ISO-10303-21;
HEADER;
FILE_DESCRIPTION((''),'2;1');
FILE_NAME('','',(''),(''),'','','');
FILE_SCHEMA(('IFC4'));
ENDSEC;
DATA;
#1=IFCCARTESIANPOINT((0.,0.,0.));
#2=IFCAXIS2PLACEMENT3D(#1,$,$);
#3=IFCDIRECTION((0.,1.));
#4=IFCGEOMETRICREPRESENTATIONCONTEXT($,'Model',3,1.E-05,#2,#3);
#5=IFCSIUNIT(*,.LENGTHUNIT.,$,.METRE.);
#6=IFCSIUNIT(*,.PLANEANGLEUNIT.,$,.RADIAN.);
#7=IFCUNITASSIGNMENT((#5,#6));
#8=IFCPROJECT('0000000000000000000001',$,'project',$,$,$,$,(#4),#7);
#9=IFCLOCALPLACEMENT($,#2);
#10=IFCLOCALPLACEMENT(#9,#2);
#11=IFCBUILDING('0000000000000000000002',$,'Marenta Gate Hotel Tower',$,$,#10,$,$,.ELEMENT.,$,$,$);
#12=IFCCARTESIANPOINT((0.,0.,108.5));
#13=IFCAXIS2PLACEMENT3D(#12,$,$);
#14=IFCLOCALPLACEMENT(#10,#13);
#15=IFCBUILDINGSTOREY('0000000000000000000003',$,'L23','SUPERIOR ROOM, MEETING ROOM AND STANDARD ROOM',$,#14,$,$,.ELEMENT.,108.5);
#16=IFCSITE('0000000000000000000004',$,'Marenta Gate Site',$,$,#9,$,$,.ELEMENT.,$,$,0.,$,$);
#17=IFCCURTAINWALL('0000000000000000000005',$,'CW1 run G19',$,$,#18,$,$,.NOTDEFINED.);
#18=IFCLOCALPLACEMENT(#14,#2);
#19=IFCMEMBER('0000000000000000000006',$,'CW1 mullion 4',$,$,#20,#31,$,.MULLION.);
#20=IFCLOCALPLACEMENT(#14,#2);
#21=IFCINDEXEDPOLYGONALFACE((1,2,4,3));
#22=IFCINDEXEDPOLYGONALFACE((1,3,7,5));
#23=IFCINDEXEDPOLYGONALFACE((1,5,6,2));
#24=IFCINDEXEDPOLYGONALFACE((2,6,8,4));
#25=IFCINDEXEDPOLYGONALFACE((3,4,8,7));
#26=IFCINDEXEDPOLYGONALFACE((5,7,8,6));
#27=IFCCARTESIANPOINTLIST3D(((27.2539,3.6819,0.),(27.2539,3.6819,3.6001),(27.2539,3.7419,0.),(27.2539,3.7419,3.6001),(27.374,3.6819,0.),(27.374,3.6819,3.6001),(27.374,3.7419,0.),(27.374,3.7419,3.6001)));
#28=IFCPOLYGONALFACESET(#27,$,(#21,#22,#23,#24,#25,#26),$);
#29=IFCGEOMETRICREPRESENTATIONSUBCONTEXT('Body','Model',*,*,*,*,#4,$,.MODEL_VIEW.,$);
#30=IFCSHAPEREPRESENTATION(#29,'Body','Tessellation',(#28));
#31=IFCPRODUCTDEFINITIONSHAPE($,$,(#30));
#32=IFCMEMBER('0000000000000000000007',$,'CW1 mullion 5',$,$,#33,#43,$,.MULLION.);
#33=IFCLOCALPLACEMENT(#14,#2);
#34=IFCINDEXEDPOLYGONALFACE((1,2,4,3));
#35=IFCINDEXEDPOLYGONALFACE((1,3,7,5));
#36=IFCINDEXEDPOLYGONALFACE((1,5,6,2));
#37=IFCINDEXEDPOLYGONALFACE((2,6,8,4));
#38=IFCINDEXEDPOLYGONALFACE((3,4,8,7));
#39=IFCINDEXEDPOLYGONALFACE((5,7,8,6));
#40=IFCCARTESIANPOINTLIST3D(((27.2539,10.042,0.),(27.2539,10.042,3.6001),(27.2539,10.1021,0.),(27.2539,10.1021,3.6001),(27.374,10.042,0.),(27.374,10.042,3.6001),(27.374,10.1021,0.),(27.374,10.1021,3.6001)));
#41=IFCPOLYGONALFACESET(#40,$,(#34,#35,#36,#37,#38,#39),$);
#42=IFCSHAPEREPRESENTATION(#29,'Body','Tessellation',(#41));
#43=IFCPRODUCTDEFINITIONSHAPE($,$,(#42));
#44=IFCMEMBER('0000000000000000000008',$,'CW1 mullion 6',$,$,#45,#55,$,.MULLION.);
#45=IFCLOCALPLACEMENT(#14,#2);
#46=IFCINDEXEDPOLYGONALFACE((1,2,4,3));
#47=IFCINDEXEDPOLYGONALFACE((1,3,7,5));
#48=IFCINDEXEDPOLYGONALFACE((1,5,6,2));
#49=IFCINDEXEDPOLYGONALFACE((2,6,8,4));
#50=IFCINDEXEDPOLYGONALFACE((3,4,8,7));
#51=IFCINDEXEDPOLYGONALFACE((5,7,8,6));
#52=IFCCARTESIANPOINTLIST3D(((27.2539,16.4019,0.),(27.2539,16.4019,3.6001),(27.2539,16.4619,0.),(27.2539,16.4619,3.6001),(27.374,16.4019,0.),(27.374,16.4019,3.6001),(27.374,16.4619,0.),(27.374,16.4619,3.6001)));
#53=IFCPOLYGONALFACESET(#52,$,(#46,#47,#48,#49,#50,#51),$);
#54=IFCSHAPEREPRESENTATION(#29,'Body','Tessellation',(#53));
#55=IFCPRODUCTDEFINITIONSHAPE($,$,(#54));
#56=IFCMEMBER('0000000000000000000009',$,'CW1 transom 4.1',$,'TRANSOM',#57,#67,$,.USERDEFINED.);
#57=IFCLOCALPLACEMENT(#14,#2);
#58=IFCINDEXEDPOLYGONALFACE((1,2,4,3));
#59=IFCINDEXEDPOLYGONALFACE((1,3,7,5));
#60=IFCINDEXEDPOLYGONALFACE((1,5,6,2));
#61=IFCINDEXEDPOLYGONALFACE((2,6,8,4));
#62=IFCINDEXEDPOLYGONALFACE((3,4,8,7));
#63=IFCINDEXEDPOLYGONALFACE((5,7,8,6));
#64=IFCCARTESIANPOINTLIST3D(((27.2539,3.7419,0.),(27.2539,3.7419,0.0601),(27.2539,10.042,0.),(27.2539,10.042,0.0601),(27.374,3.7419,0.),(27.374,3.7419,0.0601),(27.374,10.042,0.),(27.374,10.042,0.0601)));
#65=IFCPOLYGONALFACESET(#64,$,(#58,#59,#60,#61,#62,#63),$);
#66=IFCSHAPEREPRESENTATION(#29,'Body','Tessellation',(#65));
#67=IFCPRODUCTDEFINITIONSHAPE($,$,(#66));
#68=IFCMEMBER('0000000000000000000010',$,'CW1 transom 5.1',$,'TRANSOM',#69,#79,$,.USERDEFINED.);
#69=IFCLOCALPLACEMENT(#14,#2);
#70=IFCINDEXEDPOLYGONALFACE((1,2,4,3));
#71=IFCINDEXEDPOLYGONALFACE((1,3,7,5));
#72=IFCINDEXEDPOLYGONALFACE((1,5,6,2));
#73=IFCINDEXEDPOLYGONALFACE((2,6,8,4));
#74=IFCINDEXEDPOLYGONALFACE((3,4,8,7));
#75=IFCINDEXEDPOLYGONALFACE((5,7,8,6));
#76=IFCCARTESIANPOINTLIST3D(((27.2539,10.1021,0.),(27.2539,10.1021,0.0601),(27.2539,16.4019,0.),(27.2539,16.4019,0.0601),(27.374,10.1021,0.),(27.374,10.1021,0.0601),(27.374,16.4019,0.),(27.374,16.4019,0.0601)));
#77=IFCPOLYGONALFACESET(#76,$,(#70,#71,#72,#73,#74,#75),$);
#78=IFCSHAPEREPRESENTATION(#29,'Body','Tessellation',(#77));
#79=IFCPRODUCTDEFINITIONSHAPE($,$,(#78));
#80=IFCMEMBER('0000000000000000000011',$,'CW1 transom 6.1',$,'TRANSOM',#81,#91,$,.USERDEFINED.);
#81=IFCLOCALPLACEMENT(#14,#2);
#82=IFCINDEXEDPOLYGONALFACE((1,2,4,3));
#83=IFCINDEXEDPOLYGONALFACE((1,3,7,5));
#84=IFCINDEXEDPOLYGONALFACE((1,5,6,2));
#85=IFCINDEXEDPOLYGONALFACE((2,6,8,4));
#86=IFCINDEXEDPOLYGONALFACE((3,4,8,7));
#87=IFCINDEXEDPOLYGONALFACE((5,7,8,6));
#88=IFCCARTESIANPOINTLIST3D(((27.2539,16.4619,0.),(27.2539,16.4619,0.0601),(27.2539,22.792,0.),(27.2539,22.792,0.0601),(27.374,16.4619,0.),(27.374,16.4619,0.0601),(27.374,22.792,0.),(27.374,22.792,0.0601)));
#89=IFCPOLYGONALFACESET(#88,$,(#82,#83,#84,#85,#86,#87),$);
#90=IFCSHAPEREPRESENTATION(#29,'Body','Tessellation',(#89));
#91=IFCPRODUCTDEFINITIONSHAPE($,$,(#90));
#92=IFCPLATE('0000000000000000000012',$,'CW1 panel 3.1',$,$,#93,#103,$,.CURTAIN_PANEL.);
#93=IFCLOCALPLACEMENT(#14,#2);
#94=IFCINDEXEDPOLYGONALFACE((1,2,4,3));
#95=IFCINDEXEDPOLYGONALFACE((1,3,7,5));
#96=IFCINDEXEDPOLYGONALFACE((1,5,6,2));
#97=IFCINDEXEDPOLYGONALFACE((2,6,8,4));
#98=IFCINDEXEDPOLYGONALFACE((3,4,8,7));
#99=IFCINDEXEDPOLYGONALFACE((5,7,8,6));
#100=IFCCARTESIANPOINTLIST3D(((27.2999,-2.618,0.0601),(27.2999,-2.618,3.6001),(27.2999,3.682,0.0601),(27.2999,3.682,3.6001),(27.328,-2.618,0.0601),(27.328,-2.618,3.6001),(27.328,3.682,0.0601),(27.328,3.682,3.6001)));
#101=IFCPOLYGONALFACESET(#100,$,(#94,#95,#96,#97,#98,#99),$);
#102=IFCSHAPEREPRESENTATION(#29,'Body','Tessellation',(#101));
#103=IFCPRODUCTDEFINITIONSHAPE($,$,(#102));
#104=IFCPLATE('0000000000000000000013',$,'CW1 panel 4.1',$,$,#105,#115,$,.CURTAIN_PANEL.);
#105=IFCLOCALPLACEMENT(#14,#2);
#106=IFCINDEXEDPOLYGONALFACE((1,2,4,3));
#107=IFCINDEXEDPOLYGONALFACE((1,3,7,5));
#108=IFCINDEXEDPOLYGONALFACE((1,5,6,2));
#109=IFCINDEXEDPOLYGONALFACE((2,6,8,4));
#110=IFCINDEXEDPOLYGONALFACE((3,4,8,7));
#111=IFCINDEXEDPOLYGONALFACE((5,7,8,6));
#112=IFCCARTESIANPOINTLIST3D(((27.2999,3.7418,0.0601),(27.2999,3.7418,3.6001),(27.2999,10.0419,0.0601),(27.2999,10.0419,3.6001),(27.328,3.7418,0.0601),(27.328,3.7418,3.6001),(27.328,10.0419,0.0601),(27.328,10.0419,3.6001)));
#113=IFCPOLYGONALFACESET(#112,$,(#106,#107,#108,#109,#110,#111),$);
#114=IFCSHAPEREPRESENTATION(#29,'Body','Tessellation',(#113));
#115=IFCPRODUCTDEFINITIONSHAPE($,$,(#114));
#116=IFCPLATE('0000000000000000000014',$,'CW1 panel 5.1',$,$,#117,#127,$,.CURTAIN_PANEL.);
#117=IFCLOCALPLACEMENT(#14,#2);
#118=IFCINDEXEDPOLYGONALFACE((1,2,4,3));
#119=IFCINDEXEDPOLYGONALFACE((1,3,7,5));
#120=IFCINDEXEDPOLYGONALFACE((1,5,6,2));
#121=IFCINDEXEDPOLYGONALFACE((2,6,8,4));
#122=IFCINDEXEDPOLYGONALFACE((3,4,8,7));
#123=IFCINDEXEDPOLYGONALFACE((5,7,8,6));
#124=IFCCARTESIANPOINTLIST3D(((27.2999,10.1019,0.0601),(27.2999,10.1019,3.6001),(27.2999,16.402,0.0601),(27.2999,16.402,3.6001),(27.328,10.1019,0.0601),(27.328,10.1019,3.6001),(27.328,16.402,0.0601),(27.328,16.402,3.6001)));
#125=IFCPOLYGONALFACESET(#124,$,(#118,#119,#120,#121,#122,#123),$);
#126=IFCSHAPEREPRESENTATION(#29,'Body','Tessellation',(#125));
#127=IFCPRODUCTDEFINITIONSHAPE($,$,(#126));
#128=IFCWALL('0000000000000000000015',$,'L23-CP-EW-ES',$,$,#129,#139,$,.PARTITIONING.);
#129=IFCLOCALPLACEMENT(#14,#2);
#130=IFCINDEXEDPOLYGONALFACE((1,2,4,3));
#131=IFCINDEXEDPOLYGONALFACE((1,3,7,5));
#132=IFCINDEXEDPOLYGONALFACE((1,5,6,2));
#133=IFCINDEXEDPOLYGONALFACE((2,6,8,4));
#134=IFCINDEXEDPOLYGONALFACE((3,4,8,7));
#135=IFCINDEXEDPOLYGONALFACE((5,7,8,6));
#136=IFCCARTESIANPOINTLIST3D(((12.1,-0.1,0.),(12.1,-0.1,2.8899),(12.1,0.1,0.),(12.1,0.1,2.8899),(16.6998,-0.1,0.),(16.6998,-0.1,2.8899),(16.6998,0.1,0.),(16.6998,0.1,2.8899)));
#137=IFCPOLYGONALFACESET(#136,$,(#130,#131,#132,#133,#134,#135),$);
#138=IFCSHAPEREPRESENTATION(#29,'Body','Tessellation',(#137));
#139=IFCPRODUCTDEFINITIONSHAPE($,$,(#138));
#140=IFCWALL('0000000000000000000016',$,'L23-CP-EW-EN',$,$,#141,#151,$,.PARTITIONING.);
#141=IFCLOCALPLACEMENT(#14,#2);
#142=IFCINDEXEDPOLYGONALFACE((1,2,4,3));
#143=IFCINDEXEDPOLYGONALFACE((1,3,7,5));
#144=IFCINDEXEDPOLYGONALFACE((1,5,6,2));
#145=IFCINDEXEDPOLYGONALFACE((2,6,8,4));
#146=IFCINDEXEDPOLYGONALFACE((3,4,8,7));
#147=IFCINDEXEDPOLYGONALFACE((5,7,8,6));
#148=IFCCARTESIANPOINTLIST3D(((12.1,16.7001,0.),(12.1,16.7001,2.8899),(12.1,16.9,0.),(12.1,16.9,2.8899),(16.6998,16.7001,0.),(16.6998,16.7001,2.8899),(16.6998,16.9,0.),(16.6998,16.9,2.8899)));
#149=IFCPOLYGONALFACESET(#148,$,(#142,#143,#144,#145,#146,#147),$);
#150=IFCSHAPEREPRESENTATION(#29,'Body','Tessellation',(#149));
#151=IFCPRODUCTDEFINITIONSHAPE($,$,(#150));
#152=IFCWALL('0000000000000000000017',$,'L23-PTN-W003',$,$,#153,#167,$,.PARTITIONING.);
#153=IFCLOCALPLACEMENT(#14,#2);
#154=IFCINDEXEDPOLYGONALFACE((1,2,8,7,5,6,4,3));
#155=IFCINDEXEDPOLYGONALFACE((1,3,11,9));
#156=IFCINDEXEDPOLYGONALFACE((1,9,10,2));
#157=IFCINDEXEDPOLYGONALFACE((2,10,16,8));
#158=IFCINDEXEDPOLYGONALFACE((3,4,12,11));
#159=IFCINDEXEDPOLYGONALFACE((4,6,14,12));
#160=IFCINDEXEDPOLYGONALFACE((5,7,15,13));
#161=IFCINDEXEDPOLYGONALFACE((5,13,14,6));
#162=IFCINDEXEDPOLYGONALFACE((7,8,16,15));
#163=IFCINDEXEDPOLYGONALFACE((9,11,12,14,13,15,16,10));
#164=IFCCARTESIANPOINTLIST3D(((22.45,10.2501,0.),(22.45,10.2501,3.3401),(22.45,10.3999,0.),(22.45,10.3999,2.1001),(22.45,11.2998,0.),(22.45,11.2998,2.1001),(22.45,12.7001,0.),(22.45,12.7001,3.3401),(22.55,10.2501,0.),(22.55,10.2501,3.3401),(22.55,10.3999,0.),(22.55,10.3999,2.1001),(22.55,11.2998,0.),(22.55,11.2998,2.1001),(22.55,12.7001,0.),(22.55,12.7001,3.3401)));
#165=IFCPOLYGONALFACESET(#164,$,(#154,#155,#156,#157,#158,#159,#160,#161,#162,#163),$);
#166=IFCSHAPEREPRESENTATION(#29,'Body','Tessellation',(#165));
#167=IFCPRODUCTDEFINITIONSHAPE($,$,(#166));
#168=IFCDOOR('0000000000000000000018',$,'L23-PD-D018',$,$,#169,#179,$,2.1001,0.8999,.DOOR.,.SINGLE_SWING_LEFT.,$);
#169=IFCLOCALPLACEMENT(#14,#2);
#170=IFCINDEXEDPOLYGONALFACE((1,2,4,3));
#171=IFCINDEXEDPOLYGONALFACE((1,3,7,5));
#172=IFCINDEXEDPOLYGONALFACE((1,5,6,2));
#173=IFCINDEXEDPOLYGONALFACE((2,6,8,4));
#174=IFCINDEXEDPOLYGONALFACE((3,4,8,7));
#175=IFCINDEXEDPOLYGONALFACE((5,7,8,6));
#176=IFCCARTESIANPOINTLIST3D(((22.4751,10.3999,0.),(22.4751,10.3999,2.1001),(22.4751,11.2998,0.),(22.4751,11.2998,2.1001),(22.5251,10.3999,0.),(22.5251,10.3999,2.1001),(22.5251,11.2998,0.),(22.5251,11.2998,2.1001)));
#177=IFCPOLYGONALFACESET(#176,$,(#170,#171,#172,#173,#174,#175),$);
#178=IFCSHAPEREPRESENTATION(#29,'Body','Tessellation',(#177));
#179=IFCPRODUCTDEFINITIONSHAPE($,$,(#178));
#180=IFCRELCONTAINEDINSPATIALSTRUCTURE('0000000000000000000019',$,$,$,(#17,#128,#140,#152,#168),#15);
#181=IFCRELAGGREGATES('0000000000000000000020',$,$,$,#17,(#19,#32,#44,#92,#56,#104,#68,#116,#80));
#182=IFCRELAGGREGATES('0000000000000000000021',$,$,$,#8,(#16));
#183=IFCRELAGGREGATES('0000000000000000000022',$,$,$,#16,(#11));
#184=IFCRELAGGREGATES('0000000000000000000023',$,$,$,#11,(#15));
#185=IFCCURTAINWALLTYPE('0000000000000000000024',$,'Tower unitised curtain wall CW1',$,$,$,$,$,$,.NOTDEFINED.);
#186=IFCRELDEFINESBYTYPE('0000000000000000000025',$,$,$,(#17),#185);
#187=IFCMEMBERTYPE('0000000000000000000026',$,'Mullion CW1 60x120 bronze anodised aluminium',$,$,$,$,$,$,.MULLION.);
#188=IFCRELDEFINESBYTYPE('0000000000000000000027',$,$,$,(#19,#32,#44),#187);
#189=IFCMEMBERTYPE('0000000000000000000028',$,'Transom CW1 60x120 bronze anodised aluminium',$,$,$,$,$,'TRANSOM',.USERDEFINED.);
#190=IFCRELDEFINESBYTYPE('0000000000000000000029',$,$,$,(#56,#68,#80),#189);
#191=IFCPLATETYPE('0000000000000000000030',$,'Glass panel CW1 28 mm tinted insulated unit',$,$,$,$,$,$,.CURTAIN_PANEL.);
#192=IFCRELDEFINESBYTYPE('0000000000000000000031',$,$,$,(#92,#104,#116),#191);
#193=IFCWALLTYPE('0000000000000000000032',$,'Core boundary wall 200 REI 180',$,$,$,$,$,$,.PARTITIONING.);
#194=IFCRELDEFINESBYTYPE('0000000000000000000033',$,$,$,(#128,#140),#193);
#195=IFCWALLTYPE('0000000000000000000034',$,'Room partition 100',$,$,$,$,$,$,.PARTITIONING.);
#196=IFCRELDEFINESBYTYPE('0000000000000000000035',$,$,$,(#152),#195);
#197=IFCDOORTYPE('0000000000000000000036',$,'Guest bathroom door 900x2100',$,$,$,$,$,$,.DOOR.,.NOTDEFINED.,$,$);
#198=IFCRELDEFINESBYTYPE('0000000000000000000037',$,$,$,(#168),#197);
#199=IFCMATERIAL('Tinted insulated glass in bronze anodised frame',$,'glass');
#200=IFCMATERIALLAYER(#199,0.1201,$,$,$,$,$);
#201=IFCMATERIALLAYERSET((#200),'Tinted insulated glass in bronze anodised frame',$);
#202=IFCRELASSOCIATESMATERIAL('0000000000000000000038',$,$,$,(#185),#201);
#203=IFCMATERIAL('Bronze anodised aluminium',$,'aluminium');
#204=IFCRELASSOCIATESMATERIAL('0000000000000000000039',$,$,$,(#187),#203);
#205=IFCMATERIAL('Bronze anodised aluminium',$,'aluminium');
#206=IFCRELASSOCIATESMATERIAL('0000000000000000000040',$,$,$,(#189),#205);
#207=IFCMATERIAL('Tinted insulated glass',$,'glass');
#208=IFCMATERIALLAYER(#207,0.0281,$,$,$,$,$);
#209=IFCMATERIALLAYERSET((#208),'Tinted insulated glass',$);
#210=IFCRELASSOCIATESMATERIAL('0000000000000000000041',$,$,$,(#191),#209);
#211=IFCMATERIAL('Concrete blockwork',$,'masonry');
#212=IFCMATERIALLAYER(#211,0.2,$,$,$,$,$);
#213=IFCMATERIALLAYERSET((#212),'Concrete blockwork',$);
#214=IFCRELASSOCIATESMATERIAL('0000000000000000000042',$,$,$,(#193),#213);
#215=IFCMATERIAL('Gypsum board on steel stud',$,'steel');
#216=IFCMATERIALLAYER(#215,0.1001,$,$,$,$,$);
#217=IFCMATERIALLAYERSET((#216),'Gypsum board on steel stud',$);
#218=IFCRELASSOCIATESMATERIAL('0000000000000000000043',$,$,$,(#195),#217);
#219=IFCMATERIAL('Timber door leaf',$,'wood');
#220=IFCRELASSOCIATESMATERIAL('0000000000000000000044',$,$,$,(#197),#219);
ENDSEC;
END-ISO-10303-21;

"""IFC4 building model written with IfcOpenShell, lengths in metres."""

from ifc_helpers import new_model, si_unit, direction, frame, frame_2d, origin, origin_2d, place, context, subcontext, project, spatial, rectangle, extrude, material, layer, layer_set, material_profile, profile_set, type_object, element, fill, aggregate, save


model = new_model("IFC4")

# Units and contexts
model_context = context("Model", 3, precision=1e-05, world=origin(), true_north=direction((0.0, 1.0)))
body_context = subcontext(model_context, "Body", "Model", "MODEL_VIEW")
ifc_project = project(units=[si_unit("LENGTHUNIT", "METRE"), si_unit("PLANEANGLEUNIT", "RADIAN")], contexts=[model_context])

# Site, building, storey
site_placement = place(None, origin())
site = spatial("IfcSite", under=ifc_project, at=site_placement, Name="Marenta Gate Site", CompositionType="ELEMENT", RefElevation=0.0)
building_placement = place(site_placement, origin())
building = spatial("IfcBuilding", under=site, at=building_placement, Name="Marenta Gate Hotel Tower", CompositionType="ELEMENT")
storey_placement = place(building_placement, frame((0.0, 0.0, 108.5)))
storey = spatial("IfcBuildingStorey", under=building, at=storey_placement, Name="L23", Description="SUPERIOR ROOM, MEETING ROOM AND STANDARD ROOM", CompositionType="ELEMENT", Elevation=108.5)

# Curtain wall, members, plates
ifc_material_1 = material(Name="Tinted insulated glass in bronze anodised frame", Category="glass")
ifc_layer_1 = layer(ifc_material_1, 0.1201)
ifc_layer_set_1 = layer_set([ifc_layer_1], Name="Tinted insulated glass in bronze anodised frame")
curtain_wall_type = type_object("IfcCurtainWallType", Name="Tower unitised curtain wall CW1", PredefinedType="NOTDEFINED", material=ifc_layer_set_1)
curtain_wall_placement = place(storey_placement, origin())
curtain_wall = element("IfcCurtainWall", 1, at=curtain_wall_placement, inside=storey, type_object=curtain_wall_type, Name="CW1 run G19", PredefinedType="NOTDEFINED")
ifc_material_2 = material(Name="Bronze anodised aluminium", Category="aluminium")
ifc_material_profile_1 = material_profile(ifc_material_2, rectangle(XDim=0.1201, YDim=0.0601, at=origin_2d()), Name="Mullion CW1 60x120 bronze anodised aluminium")
ifc_profile_set_1 = profile_set([ifc_material_profile_1], Name="Bronze anodised aluminium")
member_type_1 = type_object("IfcMemberType", Name="Mullion CW1 60x120 bronze anodised aluminium", PredefinedType="MULLION", material=ifc_profile_set_1)
member_1_placement = place(storey_placement, frame((27.314, 3.7119, 0.0), z_axis=(0.0, 0.0, 1.0), x_axis=(-1.0, 0.0, 0.0)))
member_1 = element("IfcMember", 2, at=member_1_placement, type_object=member_type_1, Name="CW1 mullion 4", PredefinedType="MULLION", context=body_context, shape_type="SweptSolid", body=[
    extrude(rectangle(XDim=0.1201, YDim=0.0601, at=origin_2d()), origin(), (0.0, 0.0, 1.0), 3.6001),
])
member_2_placement = place(storey_placement, frame((27.314, 10.072, 0.0), z_axis=(0.0, 0.0, 1.0), x_axis=(-1.0, 0.0, 0.0)))
member_2 = element("IfcMember", 3, at=member_2_placement, type_object=member_type_1, Name="CW1 mullion 5", PredefinedType="MULLION", context=body_context, shape_type="SweptSolid", body=[
    extrude(rectangle(XDim=0.1201, YDim=0.0601, at=origin_2d()), origin(), (0.0, 0.0, 1.0), 3.6001),
])
member_3_placement = place(storey_placement, frame((27.314, 16.4319, 0.0), z_axis=(0.0, 0.0, 1.0), x_axis=(-1.0, 0.0, 0.0)))
member_3 = element("IfcMember", 4, at=member_3_placement, type_object=member_type_1, Name="CW1 mullion 6", PredefinedType="MULLION", context=body_context, shape_type="SweptSolid", body=[
    extrude(rectangle(XDim=0.1201, YDim=0.0601, at=origin_2d()), origin(), (0.0, 0.0, 1.0), 3.6001),
])
ifc_material_3 = material(Name="Bronze anodised aluminium", Category="aluminium")
ifc_material_profile_2 = material_profile(ifc_material_3, rectangle(XDim=0.1201, YDim=0.0601, at=origin_2d()), Name="Transom CW1 60x120 bronze anodised aluminium")
ifc_profile_set_2 = profile_set([ifc_material_profile_2], Name="Bronze anodised aluminium")
member_type_2 = type_object("IfcMemberType", Name="Transom CW1 60x120 bronze anodised aluminium", ElementType="TRANSOM", PredefinedType="USERDEFINED", material=ifc_profile_set_2)
member_4_placement = place(storey_placement, frame((27.314, 3.7419, 0.03), z_axis=(0.0, 1.0, 0.0), x_axis=(-1.0, 0.0, 0.0)))
member_4 = element("IfcMember", 5, at=member_4_placement, type_object=member_type_2, Name="CW1 transom 4.1", ObjectType="TRANSOM", PredefinedType="USERDEFINED", context=body_context, shape_type="SweptSolid", body=[
    extrude(rectangle(XDim=0.1201, YDim=0.0601, at=origin_2d()), origin(), (0.0, 0.0, 1.0), 6.3),
])
member_5_placement = place(storey_placement, frame((27.314, 10.1021, 0.03), z_axis=(0.0, 1.0, 0.0), x_axis=(-1.0, 0.0, 0.0)))
member_5 = element("IfcMember", 6, at=member_5_placement, type_object=member_type_2, Name="CW1 transom 5.1", ObjectType="TRANSOM", PredefinedType="USERDEFINED", context=body_context, shape_type="SweptSolid", body=[
    extrude(rectangle(XDim=0.1201, YDim=0.0601, at=origin_2d()), origin(), (0.0, 0.0, 1.0), 6.2998),
])
member_6_placement = place(storey_placement, frame((27.314, 16.4619, 0.03), z_axis=(0.0, 1.0, 0.0), x_axis=(-1.0, 0.0, 0.0)))
member_6 = element("IfcMember", 7, at=member_6_placement, type_object=member_type_2, Name="CW1 transom 6.1", ObjectType="TRANSOM", PredefinedType="USERDEFINED", context=body_context, shape_type="SweptSolid", body=[
    extrude(rectangle(XDim=0.1201, YDim=0.0601, at=origin_2d()), origin(), (0.0, 0.0, 1.0), 6.3301),
])
ifc_material_4 = material(Name="Tinted insulated glass", Category="glass")
ifc_layer_2 = layer(ifc_material_4, 0.0281)
ifc_layer_set_2 = layer_set([ifc_layer_2], Name="Tinted insulated glass")
plate_type = type_object("IfcPlateType", Name="Glass panel CW1 28 mm tinted insulated unit", PredefinedType="CURTAIN_PANEL", material=ifc_layer_set_2)
plate_1_placement = place(storey_placement, frame((27.314, 0.532, 0.0601), z_axis=(0.0, 0.0, 1.0), x_axis=(0.0, 1.0, 0.0)))
plate_1 = element("IfcPlate", 8, at=plate_1_placement, type_object=plate_type, Name="CW1 panel 3.1", PredefinedType="CURTAIN_PANEL", context=body_context, shape_type="SweptSolid", body=[
    extrude(rectangle(XDim=6.3, YDim=0.0281, at=origin_2d()), origin(), (0.0, 0.0, 1.0), 3.54),
])
plate_2_placement = place(storey_placement, frame((27.314, 6.8918, 0.0601), z_axis=(0.0, 0.0, 1.0), x_axis=(0.0, 1.0, 0.0)))
plate_2 = element("IfcPlate", 9, at=plate_2_placement, type_object=plate_type, Name="CW1 panel 4.1", PredefinedType="CURTAIN_PANEL", context=body_context, shape_type="SweptSolid", body=[
    extrude(rectangle(XDim=6.3, YDim=0.0281, at=origin_2d()), origin(), (0.0, 0.0, 1.0), 3.54),
])
plate_3_placement = place(storey_placement, frame((27.314, 13.252, 0.0601), z_axis=(0.0, 0.0, 1.0), x_axis=(0.0, 1.0, 0.0)))
plate_3 = element("IfcPlate", 10, at=plate_3_placement, type_object=plate_type, Name="CW1 panel 5.1", PredefinedType="CURTAIN_PANEL", context=body_context, shape_type="SweptSolid", body=[
    extrude(rectangle(XDim=6.3, YDim=0.0281, at=origin_2d()), origin(), (0.0, 0.0, 1.0), 3.54),
])
aggregate(curtain_wall, [member_1, member_2, member_3, plate_1, member_4, plate_2, member_5, plate_3, member_6])

# Walls
ifc_material_5 = material(Name="Concrete blockwork", Category="masonry")
ifc_layer_3 = layer(ifc_material_5, 0.2)
ifc_layer_set_3 = layer_set([ifc_layer_3], Name="Concrete blockwork")
wall_type_1 = type_object("IfcWallType", Name="Core boundary wall 200 REI 180", PredefinedType="PARTITIONING", material=ifc_layer_set_3)
for number, where, z_axis, x_axis, name in (
    (11, (12.1001, 0.0, 0.0), (0.0, 0.0, 1.0), (1.0, 0.0, 0.0), "L23-CP-EW-ES"),
    (12, (12.1001, 16.8, 0.0), (0.0, 0.0, 1.0), (1.0, 0.0, 0.0), "L23-CP-EW-EN"),
):
    element("IfcWall", number, at=place(storey_placement, frame(where, z_axis=z_axis, x_axis=x_axis)), inside=storey, type_object=wall_type_1, Name=name, PredefinedType="PARTITIONING", context=body_context, shape_type="SweptSolid", body=[
        extrude(rectangle(XDim=4.5999, YDim=0.2, at=frame_2d((2.2998, 0.0))), origin(), (0.0, 0.0, 1.0), 2.8899),
    ])

# Wall, opening, door
ifc_material_6 = material(Name="Gypsum board on steel stud", Category="steel")
ifc_layer_4 = layer(ifc_material_6, 0.1001)
ifc_layer_set_4 = layer_set([ifc_layer_4], Name="Gypsum board on steel stud")
wall_type_2 = type_object("IfcWallType", Name="Room partition 100", PredefinedType="PARTITIONING", material=ifc_layer_set_4)
wall_1_placement = place(storey_placement, frame((22.5, 10.25, 0.0), z_axis=(0.0, 0.0, 1.0), x_axis=(0.0, 1.0, 0.0)))
wall_1 = element("IfcWall", 13, at=wall_1_placement, inside=storey, type_object=wall_type_2, Name="L23-PTN-W003", PredefinedType="PARTITIONING", context=body_context, shape_type="SweptSolid", body=[
    extrude(rectangle(XDim=2.45, YDim=0.1001, at=frame_2d((1.2251, 0.0))), origin(), (0.0, 0.0, 1.0), 3.3401),
])
opening_1_placement = place(wall_1_placement, frame((0.1499, 0.0, 0.0)))
opening_1 = element("IfcOpeningElement", 14, at=opening_1_placement, cuts=wall_1, PredefinedType="OPENING", context=body_context, shape_type="SweptSolid", body=[
    extrude(rectangle(XDim=0.8999, YDim=2.1001, at=frame_2d((0.45, 1.05))), frame((0.0, 0.05, 0.0), z_axis=(0.0, -1.0, 0.0), x_axis=(1.0, 0.0, 0.0)), (0.0, 0.0, 1.0), 0.1001),
])
ifc_material_7 = material(Name="Timber door leaf", Category="wood")
door_type = type_object("IfcDoorType", Name="Guest bathroom door 900x2100", OperationType="NOTDEFINED", PredefinedType="DOOR", material=ifc_material_7)
door_1_placement = place(opening_1_placement, origin())
door_1 = element("IfcDoor", 15, at=door_1_placement, inside=storey, type_object=door_type, Name="L23-PD-D018", OperationType="SINGLE_SWING_LEFT", OverallHeight=2.1001, OverallWidth=0.8999, PredefinedType="DOOR", context=body_context, shape_type="SweptSolid", body=[
    extrude(rectangle(XDim=0.8999, YDim=2.1001, at=frame_2d((0.45, 1.05))), frame((0.0, 0.0249, 0.0), z_axis=(0.0, -1.0, 0.0), x_axis=(1.0, 0.0, 0.0)), (0.0, 0.0, 1.0), 0.05),
])
fill(opening_1, door_1)

save(model, "model.ifc")
